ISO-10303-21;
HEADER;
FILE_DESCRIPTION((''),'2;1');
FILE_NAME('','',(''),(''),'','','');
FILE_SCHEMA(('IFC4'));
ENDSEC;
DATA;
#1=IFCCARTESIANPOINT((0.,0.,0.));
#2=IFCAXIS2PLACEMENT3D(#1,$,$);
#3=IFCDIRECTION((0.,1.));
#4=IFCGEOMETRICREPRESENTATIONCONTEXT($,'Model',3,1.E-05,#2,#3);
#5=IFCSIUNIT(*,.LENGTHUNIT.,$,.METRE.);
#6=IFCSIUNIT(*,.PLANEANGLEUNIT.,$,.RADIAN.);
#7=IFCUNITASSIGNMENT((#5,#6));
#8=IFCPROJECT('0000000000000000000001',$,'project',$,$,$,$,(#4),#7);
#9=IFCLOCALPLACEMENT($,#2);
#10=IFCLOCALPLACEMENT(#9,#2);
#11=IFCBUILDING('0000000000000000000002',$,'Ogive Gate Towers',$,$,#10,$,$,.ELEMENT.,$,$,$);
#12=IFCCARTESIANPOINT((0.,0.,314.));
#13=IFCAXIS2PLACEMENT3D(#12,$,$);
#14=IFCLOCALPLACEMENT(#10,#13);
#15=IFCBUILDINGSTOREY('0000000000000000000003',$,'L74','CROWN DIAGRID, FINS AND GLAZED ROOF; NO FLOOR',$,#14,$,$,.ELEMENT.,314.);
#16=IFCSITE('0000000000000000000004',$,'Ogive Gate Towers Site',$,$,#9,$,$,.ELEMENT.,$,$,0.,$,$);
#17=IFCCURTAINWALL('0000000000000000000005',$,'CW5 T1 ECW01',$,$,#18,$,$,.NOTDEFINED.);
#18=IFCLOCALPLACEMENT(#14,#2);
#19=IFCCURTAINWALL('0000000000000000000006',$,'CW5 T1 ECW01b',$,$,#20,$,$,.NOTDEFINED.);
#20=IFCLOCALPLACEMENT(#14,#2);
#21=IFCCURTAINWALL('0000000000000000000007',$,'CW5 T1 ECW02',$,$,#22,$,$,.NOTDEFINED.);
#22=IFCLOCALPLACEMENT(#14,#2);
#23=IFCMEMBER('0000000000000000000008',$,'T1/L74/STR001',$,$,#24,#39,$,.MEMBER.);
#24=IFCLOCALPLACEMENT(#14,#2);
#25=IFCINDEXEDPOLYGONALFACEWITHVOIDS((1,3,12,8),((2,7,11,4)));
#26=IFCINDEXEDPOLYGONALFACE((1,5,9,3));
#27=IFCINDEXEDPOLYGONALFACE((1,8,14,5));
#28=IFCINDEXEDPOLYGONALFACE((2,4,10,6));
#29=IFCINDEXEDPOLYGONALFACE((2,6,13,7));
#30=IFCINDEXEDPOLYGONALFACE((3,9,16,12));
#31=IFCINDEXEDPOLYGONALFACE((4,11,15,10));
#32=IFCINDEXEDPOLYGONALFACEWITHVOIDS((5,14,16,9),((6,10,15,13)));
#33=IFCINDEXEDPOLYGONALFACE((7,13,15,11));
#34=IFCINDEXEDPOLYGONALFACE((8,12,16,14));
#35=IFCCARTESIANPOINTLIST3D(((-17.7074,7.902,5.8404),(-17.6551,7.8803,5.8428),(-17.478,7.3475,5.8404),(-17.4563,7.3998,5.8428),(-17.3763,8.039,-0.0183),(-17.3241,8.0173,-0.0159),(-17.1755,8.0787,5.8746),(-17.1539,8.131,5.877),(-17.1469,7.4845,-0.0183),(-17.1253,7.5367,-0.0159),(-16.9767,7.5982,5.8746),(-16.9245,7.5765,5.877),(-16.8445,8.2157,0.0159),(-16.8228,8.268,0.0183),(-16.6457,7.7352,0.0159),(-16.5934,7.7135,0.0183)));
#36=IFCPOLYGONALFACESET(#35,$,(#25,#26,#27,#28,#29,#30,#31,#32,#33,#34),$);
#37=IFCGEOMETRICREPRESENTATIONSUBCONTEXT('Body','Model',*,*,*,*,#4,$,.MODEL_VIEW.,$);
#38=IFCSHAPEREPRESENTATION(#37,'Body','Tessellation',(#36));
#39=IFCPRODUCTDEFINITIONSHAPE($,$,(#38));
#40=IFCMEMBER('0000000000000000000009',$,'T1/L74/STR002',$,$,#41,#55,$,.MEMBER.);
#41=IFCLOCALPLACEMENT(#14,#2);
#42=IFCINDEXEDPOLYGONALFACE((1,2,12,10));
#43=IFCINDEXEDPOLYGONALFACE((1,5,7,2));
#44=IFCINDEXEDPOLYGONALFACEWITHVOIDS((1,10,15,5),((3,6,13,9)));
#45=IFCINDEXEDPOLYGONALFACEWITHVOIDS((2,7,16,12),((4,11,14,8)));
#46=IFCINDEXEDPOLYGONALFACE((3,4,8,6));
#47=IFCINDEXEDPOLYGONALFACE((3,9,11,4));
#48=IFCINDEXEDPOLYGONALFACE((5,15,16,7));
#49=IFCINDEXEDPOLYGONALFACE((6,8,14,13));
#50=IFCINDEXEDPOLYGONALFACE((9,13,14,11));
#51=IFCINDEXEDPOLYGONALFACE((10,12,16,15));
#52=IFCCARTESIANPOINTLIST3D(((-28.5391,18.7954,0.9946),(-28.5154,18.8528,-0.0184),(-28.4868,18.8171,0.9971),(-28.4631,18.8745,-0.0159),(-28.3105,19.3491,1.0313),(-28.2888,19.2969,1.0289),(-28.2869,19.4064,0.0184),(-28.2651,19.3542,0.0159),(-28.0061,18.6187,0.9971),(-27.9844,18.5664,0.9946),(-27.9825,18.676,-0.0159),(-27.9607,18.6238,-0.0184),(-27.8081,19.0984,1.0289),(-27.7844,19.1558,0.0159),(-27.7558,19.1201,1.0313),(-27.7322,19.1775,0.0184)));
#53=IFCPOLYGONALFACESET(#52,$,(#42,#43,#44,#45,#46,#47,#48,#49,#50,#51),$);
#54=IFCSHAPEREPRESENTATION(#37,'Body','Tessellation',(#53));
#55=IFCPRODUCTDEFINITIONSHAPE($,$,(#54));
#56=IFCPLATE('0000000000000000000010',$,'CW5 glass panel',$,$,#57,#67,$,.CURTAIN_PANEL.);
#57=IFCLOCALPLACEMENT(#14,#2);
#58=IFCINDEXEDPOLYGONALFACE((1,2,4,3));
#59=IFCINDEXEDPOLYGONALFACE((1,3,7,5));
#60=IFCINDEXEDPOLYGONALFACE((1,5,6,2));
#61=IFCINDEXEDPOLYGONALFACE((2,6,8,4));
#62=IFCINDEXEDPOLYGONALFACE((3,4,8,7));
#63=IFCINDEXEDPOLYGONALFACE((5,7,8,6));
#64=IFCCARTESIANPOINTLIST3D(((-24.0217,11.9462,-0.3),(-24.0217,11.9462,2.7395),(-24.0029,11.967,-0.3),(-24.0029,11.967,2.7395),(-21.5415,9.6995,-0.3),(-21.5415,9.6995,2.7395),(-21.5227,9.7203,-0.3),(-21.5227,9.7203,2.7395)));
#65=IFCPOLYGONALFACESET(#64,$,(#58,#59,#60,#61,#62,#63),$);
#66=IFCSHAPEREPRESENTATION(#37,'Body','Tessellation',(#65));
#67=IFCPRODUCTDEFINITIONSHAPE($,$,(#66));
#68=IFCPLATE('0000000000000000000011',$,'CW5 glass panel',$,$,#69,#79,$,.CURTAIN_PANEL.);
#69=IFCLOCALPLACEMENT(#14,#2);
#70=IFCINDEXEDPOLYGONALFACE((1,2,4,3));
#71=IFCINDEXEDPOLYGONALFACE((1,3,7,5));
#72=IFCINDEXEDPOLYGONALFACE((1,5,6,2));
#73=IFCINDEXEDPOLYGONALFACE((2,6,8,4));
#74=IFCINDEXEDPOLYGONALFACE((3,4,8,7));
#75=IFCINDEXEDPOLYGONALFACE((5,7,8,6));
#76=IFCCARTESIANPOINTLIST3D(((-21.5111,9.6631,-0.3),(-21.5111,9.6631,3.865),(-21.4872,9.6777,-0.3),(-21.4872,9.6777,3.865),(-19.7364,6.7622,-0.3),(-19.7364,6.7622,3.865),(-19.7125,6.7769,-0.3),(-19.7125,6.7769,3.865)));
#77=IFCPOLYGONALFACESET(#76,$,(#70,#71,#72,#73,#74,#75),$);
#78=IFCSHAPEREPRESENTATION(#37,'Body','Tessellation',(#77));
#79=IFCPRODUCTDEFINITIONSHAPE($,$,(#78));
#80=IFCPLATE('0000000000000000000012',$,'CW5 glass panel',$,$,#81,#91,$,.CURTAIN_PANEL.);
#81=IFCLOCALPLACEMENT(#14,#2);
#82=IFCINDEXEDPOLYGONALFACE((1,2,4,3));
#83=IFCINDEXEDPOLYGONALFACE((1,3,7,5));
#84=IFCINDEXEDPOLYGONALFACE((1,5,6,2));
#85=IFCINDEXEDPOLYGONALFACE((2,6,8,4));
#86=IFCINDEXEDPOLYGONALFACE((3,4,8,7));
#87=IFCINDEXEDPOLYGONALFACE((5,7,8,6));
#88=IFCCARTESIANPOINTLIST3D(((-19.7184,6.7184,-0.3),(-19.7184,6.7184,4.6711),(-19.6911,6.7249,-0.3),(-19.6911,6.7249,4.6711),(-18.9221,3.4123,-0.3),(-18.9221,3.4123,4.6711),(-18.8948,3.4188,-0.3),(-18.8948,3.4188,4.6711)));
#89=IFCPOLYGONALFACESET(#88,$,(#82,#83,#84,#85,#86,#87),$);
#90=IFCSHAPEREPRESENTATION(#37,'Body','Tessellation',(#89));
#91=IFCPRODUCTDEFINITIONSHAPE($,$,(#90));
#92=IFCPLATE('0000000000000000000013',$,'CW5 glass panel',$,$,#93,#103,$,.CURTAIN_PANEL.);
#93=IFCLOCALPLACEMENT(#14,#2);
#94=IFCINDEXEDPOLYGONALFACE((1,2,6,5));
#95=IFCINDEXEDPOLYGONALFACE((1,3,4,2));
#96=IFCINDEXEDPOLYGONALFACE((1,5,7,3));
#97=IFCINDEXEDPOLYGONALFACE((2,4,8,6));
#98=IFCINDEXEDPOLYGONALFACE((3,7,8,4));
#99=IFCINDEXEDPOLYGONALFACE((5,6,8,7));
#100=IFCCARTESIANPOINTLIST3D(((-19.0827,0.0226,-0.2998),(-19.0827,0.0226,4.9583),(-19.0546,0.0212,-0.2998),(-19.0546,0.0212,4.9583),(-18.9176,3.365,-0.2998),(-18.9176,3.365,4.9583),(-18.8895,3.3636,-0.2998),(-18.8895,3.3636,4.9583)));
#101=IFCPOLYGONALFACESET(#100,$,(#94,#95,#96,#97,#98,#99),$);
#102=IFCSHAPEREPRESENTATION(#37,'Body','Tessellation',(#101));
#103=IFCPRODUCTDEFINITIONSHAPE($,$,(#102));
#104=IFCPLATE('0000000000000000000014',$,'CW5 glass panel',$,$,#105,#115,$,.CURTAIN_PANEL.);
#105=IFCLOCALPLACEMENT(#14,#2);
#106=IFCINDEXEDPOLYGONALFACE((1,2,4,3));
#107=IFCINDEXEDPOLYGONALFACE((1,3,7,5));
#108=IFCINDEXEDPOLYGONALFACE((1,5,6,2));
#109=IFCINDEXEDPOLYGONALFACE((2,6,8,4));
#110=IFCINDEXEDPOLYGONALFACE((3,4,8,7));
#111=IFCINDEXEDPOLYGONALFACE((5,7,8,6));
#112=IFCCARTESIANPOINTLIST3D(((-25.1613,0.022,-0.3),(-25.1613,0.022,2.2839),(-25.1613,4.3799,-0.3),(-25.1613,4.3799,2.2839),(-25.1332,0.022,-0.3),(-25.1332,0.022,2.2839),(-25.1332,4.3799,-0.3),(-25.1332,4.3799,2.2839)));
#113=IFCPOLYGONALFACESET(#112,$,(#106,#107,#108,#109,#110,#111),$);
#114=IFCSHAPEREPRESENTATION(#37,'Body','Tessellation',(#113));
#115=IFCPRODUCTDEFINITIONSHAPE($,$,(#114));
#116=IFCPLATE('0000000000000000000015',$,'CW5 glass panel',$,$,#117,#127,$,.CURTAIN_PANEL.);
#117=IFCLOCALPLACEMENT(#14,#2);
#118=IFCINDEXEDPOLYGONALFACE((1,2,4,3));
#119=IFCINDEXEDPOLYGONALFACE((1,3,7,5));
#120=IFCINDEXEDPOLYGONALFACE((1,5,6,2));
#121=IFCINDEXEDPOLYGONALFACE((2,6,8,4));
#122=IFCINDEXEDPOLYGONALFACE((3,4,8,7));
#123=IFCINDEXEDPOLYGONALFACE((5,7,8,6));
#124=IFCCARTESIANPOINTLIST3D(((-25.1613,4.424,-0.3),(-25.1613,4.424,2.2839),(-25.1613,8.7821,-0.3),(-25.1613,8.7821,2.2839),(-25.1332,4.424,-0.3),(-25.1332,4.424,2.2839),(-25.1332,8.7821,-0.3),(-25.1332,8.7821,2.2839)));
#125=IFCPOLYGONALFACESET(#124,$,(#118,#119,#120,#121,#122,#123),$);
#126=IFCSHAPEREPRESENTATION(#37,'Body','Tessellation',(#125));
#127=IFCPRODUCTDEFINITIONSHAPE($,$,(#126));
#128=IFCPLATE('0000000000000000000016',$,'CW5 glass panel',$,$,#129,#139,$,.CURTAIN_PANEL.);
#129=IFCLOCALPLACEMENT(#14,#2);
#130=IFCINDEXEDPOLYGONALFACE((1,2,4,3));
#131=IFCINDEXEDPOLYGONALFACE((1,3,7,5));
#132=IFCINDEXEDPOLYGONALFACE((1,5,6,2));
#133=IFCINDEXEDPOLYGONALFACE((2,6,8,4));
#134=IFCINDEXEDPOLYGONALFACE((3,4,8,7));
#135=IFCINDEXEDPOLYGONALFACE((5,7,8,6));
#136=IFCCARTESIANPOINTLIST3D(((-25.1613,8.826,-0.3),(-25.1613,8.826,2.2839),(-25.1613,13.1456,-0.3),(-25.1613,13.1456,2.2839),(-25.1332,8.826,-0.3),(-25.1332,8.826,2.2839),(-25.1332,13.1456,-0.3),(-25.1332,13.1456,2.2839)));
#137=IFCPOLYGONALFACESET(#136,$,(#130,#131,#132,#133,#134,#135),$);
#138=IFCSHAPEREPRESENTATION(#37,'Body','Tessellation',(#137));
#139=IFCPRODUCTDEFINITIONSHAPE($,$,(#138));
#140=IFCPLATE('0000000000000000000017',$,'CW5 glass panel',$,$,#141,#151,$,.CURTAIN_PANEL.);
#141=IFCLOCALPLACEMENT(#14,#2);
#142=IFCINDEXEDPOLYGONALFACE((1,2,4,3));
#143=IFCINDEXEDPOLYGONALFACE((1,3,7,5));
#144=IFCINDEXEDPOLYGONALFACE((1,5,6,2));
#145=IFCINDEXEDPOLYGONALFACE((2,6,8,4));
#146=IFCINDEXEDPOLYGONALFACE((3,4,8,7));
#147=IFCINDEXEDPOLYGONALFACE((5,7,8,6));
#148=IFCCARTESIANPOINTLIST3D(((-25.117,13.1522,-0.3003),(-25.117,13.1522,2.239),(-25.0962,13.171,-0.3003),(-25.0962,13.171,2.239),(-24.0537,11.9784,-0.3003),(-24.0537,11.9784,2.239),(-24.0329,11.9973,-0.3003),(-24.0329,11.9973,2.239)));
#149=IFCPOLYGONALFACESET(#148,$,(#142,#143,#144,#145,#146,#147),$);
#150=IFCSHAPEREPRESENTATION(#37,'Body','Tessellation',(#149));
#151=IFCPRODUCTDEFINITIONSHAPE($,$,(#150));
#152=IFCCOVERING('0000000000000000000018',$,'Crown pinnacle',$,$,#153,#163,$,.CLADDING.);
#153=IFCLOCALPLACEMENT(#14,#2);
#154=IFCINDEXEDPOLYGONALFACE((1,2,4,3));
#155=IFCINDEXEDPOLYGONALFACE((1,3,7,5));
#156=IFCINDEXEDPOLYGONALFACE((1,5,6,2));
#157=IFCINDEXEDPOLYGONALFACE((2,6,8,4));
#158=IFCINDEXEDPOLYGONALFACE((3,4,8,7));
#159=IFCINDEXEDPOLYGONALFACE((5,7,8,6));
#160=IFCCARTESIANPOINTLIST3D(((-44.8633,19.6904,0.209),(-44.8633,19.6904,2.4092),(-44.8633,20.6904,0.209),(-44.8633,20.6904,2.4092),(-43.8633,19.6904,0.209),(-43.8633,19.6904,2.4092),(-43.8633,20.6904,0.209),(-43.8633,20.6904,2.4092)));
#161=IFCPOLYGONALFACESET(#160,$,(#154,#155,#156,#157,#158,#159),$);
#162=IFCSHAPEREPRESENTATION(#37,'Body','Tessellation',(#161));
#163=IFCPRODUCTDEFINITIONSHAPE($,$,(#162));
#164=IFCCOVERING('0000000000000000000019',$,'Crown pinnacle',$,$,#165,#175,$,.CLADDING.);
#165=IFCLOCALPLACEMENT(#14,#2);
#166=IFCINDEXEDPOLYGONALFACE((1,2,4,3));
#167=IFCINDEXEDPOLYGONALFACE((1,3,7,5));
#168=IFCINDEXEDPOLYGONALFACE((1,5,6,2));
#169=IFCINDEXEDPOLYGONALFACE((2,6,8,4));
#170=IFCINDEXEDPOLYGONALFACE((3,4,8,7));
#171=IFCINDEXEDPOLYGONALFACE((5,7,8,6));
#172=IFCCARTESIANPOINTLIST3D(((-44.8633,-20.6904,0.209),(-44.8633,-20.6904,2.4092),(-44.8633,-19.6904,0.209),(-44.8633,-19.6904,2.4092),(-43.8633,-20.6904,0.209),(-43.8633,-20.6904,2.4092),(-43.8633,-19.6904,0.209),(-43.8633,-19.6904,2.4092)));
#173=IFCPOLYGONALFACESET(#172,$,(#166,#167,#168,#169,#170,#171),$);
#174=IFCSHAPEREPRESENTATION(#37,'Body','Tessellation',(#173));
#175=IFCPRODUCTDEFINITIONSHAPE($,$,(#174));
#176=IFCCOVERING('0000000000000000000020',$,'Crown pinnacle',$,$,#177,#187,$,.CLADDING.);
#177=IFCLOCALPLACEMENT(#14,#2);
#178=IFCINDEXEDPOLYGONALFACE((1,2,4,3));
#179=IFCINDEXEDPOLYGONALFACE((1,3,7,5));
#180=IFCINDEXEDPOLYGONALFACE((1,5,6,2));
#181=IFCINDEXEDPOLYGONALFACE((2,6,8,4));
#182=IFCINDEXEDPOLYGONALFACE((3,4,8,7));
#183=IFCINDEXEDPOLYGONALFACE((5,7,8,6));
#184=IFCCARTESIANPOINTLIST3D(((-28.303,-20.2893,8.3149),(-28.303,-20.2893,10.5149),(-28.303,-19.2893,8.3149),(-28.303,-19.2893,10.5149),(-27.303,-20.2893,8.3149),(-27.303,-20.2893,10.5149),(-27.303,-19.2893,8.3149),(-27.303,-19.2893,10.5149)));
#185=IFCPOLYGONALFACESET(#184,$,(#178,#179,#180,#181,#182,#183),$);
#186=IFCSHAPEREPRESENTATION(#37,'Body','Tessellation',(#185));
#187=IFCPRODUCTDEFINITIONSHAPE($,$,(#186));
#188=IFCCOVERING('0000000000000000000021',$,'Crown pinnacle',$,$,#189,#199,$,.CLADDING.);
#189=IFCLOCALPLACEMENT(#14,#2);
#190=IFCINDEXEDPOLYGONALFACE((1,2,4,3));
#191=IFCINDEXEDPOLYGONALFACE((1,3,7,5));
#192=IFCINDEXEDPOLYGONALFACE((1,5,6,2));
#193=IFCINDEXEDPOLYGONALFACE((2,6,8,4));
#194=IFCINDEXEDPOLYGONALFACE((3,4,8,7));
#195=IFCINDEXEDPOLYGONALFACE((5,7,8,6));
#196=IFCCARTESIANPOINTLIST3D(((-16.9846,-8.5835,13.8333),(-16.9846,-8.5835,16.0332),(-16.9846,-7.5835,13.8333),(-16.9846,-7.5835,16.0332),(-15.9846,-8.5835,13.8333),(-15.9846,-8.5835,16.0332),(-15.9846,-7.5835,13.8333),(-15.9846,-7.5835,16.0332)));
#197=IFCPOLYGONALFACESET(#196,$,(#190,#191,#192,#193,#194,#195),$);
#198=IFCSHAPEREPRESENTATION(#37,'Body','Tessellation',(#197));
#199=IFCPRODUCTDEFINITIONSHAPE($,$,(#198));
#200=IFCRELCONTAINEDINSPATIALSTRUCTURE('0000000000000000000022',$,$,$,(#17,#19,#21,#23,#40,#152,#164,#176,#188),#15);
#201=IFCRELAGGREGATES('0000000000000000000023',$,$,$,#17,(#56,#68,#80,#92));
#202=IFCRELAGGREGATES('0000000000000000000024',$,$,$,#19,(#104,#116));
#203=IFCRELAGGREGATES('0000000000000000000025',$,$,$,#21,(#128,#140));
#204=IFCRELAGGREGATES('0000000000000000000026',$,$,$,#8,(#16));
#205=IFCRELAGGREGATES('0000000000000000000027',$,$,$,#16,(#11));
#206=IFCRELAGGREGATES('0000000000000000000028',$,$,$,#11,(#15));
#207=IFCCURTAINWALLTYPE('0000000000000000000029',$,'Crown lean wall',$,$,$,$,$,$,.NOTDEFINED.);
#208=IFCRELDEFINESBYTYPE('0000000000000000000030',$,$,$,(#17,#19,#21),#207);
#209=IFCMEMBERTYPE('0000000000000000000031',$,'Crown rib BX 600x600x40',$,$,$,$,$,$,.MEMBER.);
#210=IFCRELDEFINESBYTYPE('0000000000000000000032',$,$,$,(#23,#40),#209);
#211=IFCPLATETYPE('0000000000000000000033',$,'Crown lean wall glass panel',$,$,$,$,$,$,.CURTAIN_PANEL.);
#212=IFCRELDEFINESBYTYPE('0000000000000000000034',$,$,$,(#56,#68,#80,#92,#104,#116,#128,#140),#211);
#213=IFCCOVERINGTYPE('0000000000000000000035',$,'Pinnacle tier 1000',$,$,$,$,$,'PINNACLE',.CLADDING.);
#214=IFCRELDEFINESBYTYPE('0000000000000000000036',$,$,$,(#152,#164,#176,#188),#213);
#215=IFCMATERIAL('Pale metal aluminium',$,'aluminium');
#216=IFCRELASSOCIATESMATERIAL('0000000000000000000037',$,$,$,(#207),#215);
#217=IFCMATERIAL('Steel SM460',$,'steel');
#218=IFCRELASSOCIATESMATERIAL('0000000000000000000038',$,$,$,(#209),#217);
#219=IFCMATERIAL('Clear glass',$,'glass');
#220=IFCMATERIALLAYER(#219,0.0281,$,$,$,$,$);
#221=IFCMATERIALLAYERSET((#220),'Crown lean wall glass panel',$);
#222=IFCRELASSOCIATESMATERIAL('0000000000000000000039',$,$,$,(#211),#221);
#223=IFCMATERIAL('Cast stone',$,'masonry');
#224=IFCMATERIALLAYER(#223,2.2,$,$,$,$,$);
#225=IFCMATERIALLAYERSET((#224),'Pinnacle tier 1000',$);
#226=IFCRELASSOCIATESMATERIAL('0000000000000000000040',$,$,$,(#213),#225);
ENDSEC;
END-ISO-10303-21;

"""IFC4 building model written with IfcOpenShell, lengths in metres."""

from ifc_helpers import new_model, si_unit, direction, frame, origin, origin_2d, place, context, subcontext, project, spatial, polyline, rectangle, hollow_rectangle, outline, extrude, material, layer, layer_set, material_profile, profile_set, type_object, element, aggregate, save


model = new_model("IFC4")

# Units and contexts
model_context = context("Model", 3, precision=1e-05, world=origin(), true_north=direction((0.0, 1.0)))
body_context = subcontext(model_context, "Body", "Model", "MODEL_VIEW")
ifc_project = project(units=[si_unit("LENGTHUNIT", "METRE"), si_unit("PLANEANGLEUNIT", "RADIAN")], contexts=[model_context])

# Site, building, storey
site_placement = place(None, origin())
site = spatial("IfcSite", under=ifc_project, at=site_placement, Name="Ogive Gate Towers Site", CompositionType="ELEMENT", RefElevation=0.0)
building_placement = place(site_placement, origin())
building = spatial("IfcBuilding", under=site, at=building_placement, Name="Ogive Gate Towers", CompositionType="ELEMENT")
storey_placement = place(building_placement, frame((0.0, 0.0, 314.0)))
storey = spatial("IfcBuildingStorey", under=building, at=storey_placement, Name="L74", Description="CROWN DIAGRID, FINS AND GLAZED ROOF; NO FLOOR", CompositionType="ELEMENT", Elevation=314.0)

# Curtain walls
ifc_material_1 = material(Name="Pale metal aluminium", Category="aluminium")
curtain_wall_type = type_object("IfcCurtainWallType", Name="Crown lean wall", PredefinedType="NOTDEFINED", material=ifc_material_1)
curtain_wall_1_placement = place(storey_placement, origin())
curtain_wall_1 = element("IfcCurtainWall", 1, at=curtain_wall_1_placement, inside=storey, type_object=curtain_wall_type, Name="CW5 T1 ECW01", PredefinedType="NOTDEFINED")
curtain_wall_2_placement = place(storey_placement, origin())
curtain_wall_2 = element("IfcCurtainWall", 2, at=curtain_wall_2_placement, inside=storey, type_object=curtain_wall_type, Name="CW5 T1 ECW01b", PredefinedType="NOTDEFINED")

# Curtain wall
curtain_wall_3_placement = place(storey_placement, origin())
curtain_wall_3 = element("IfcCurtainWall", 3, at=curtain_wall_3_placement, inside=storey, type_object=curtain_wall_type, Name="CW5 T1 ECW02", PredefinedType="NOTDEFINED")

# Members
ifc_material_2 = material(Name="Steel SM460", Category="steel")
ifc_material_profile_1 = material_profile(ifc_material_2, hollow_rectangle(XDim=0.6001, YDim=0.6001, WallThickness=0.04, at=origin_2d()), Name="BX 600x600x40")
ifc_profile_set_1 = profile_set([ifc_material_profile_1], Name="Steel SM460")
member_type_1 = type_object("IfcMemberType", Name="Crown rib BX 600x600x40", PredefinedType="MEMBER", material=ifc_profile_set_1)
member_1_placement = place(storey_placement, frame((-16.9849, 7.8762, 0.0), z_axis=(-0.056402, -0.023334, 0.998135), x_axis=(0.382292, -0.924042, 0.0)))
element("IfcMember", 4, at=member_1_placement, inside=storey, type_object=member_type_1, Name="T1/L74/STR001", PredefinedType="MEMBER", context=body_context, shape_type="SweptSolid", body=[
    extrude(hollow_rectangle(XDim=0.6001, YDim=0.6001, WallThickness=0.04, at=origin_2d()), origin(), (0.0, 0.0, 1.0), 5.8696),
])
member_2_placement = place(storey_placement, frame((-28.1238, 19.0151, 0.0), z_axis=(-0.023335, -0.056534, 0.998128), x_axis=(0.924352, -0.381541, 0.0)))
element("IfcMember", 5, at=member_2_placement, inside=storey, type_object=member_type_1, Name="T1/L74/STR002", PredefinedType="MEMBER", context=body_context, shape_type="SweptSolid", body=[
    extrude(hollow_rectangle(XDim=0.6001, YDim=0.6001, WallThickness=0.04, at=origin_2d()), origin(), (0.0, 0.0, 1.0), 1.0149),
])

# Plates
ifc_material_3 = material(Name="Clear glass", Category="glass")
ifc_layer_1 = layer(ifc_material_3, 0.0281)
ifc_layer_set_1 = layer_set([ifc_layer_1], Name="Crown lean wall glass panel")
plate_type = type_object("IfcPlateType", Name="Crown lean wall glass panel", PredefinedType="CURTAIN_PANEL", material=ifc_layer_set_1)
plate_1_placement = place(storey_placement, frame((-22.7722, 10.8333, -0.3), z_axis=(0.0, 0.0, 1.0), x_axis=(0.741144, -0.671346, 0.0)))
plate_1 = element("IfcPlate", 6, at=plate_1_placement, type_object=plate_type, Name="CW5 glass panel", PredefinedType="CURTAIN_PANEL", context=body_context, shape_type="SweptSolid", body=[
    extrude(rectangle(XDim=3.3464, YDim=0.0281, at=origin_2d()), origin(), (0.0, 0.0, 1.0), 3.0396),
])
plate_2_placement = place(storey_placement, frame((-20.6118, 8.22, -0.3), z_axis=(0.0, 0.0, 1.0), x_axis=(0.521873, -0.853023, 0.0)))
plate_2 = element("IfcPlate", 7, at=plate_2_placement, type_object=plate_type, Name="CW5 glass panel", PredefinedType="CURTAIN_PANEL", context=body_context, shape_type="SweptSolid", body=[
    extrude(rectangle(XDim=3.4006, YDim=0.0281, at=origin_2d()), origin(), (0.0, 0.0, 1.0), 4.165),
])
plate_3_placement = place(storey_placement, frame((-19.3066, 5.0686, -0.3), z_axis=(0.0, 0.0, 1.0), x_axis=(0.234158, -0.972199, 0.0)))
plate_3 = element("IfcPlate", 8, at=plate_3_placement, type_object=plate_type, Name="CW5 glass panel", PredefinedType="CURTAIN_PANEL", context=body_context, shape_type="SweptSolid", body=[
    extrude(rectangle(XDim=3.4006, YDim=0.0281, at=origin_2d()), origin(), (0.0, 0.0, 1.0), 4.9712),
])
plate_4_placement = place(storey_placement, frame((-18.9861, 1.6931, -0.2998), z_axis=(0.0, 0.0, 1.0), x_axis=(-0.049338, -0.998782, 0.0)))
plate_4 = element("IfcPlate", 9, at=plate_4_placement, type_object=plate_type, Name="CW5 glass panel", PredefinedType="CURTAIN_PANEL", context=body_context, shape_type="SweptSolid", body=[
    extrude(rectangle(XDim=3.3464, YDim=0.0281, at=origin_2d()), origin(), (0.0, 0.0, 1.0), 5.2581),
])
aggregate(curtain_wall_1, [plate_1, plate_2, plate_3, plate_4])
plate_5_placement = place(storey_placement, frame((-25.1472, 2.2009, -0.3), z_axis=(0.0, 0.0, 1.0), x_axis=(0.0, 1.0, 0.0)))
plate_5 = element("IfcPlate", 10, at=plate_5_placement, type_object=plate_type, Name="CW5 glass panel", PredefinedType="CURTAIN_PANEL", context=body_context, shape_type="SweptSolid", body=[
    extrude(rectangle(XDim=4.3579, YDim=0.0281, at=origin_2d()), origin(), (0.0, 0.0, 1.0), 2.584),
])
plate_6_placement = place(storey_placement, frame((-25.1472, 6.603, -0.3), z_axis=(0.0, 0.0, 1.0), x_axis=(0.0, 1.0, 0.0)))
plate_6 = element("IfcPlate", 11, at=plate_6_placement, type_object=plate_type, Name="CW5 glass panel", PredefinedType="CURTAIN_PANEL", context=body_context, shape_type="SweptSolid", body=[
    extrude(rectangle(XDim=4.3582, YDim=0.0281, at=origin_2d()), origin(), (0.0, 0.0, 1.0), 2.584),
])
aggregate(curtain_wall_2, [plate_5, plate_6])
plate_7_placement = place(storey_placement, frame((-25.1472, 10.9858, -0.3), z_axis=(0.0, 0.0, 1.0), x_axis=(0.0, 1.0, 0.0)))
plate_7 = element("IfcPlate", 12, at=plate_7_placement, type_object=plate_type, Name="CW5 glass panel", PredefinedType="CURTAIN_PANEL", context=body_context, shape_type="SweptSolid", body=[
    extrude(rectangle(XDim=4.3196, YDim=0.0281, at=origin_2d()), origin(), (0.0, 0.0, 1.0), 2.584),
])
plate_8_placement = place(storey_placement, frame((-24.575, 12.5747, -0.3003), z_axis=(0.0, 0.0, 1.0), x_axis=(0.671371, -0.741121, 0.0)))
plate_8 = element("IfcPlate", 13, at=plate_8_placement, type_object=plate_type, Name="CW5 glass panel", PredefinedType="CURTAIN_PANEL", context=body_context, shape_type="SweptSolid", body=[
    extrude(rectangle(XDim=1.5837, YDim=0.0281, at=origin_2d()), origin(), (0.0, 0.0, 1.0), 2.5393),
])
aggregate(curtain_wall_3, [plate_7, plate_8])

# Coverings
ifc_material_4 = material(Name="Cast stone", Category="masonry")
ifc_layer_2 = layer(ifc_material_4, 2.2)
ifc_layer_set_2 = layer_set([ifc_layer_2], Name="Pinnacle tier 1000")
covering_type_1 = type_object("IfcCoveringType", Name="Pinnacle tier 1000", ElementType="PINNACLE", PredefinedType="CLADDING", material=ifc_layer_set_2)
covering_1_placement = place(storey_placement, frame((0.0, 0.0, 0.209)))
element("IfcCovering", 14, at=covering_1_placement, inside=storey, type_object=covering_type_1, Name="Crown pinnacle", PredefinedType="CLADDING", context=body_context, shape_type="SweptSolid", body=[
    extrude(outline(polyline([(-44.8633, 19.6904), (-43.8633, 19.6904), (-43.8633, 20.6904), (-44.8633, 20.6904), (-44.8633, 19.6904)])), origin(), (0.0, 0.0, 1.0), 2.2002),
])
covering_2_placement = place(storey_placement, frame((0.0, 0.0, 0.209)))
element("IfcCovering", 15, at=covering_2_placement, inside=storey, type_object=covering_type_1, Name="Crown pinnacle", PredefinedType="CLADDING", context=body_context, shape_type="SweptSolid", body=[
    extrude(outline(polyline([(-44.8633, -20.6904), (-43.8633, -20.6904), (-43.8633, -19.6904), (-44.8633, -19.6904), (-44.8633, -20.6904)])), origin(), (0.0, 0.0, 1.0), 2.2002),
])
covering_3_placement = place(storey_placement, frame((0.0, 0.0, 8.3149)))
element("IfcCovering", 16, at=covering_3_placement, inside=storey, type_object=covering_type_1, Name="Crown pinnacle", PredefinedType="CLADDING", context=body_context, shape_type="SweptSolid", body=[
    extrude(outline(polyline([(-28.303, -20.2893), (-27.303, -20.2893), (-27.303, -19.2893), (-28.303, -19.2893), (-28.303, -20.2893)])), origin(), (0.0, 0.0, 1.0), 2.2),
])
covering_4_placement = place(storey_placement, frame((0.0, 0.0, 13.8333)))
element("IfcCovering", 17, at=covering_4_placement, inside=storey, type_object=covering_type_1, Name="Crown pinnacle", PredefinedType="CLADDING", context=body_context, shape_type="SweptSolid", body=[
    extrude(outline(polyline([(-16.9846, -8.5835), (-15.9846, -8.5835), (-15.9846, -7.5835), (-16.9846, -7.5835), (-16.9846, -8.5835)])), origin(), (0.0, 0.0, 1.0), 2.2),
])

save(model, "model.ifc")
